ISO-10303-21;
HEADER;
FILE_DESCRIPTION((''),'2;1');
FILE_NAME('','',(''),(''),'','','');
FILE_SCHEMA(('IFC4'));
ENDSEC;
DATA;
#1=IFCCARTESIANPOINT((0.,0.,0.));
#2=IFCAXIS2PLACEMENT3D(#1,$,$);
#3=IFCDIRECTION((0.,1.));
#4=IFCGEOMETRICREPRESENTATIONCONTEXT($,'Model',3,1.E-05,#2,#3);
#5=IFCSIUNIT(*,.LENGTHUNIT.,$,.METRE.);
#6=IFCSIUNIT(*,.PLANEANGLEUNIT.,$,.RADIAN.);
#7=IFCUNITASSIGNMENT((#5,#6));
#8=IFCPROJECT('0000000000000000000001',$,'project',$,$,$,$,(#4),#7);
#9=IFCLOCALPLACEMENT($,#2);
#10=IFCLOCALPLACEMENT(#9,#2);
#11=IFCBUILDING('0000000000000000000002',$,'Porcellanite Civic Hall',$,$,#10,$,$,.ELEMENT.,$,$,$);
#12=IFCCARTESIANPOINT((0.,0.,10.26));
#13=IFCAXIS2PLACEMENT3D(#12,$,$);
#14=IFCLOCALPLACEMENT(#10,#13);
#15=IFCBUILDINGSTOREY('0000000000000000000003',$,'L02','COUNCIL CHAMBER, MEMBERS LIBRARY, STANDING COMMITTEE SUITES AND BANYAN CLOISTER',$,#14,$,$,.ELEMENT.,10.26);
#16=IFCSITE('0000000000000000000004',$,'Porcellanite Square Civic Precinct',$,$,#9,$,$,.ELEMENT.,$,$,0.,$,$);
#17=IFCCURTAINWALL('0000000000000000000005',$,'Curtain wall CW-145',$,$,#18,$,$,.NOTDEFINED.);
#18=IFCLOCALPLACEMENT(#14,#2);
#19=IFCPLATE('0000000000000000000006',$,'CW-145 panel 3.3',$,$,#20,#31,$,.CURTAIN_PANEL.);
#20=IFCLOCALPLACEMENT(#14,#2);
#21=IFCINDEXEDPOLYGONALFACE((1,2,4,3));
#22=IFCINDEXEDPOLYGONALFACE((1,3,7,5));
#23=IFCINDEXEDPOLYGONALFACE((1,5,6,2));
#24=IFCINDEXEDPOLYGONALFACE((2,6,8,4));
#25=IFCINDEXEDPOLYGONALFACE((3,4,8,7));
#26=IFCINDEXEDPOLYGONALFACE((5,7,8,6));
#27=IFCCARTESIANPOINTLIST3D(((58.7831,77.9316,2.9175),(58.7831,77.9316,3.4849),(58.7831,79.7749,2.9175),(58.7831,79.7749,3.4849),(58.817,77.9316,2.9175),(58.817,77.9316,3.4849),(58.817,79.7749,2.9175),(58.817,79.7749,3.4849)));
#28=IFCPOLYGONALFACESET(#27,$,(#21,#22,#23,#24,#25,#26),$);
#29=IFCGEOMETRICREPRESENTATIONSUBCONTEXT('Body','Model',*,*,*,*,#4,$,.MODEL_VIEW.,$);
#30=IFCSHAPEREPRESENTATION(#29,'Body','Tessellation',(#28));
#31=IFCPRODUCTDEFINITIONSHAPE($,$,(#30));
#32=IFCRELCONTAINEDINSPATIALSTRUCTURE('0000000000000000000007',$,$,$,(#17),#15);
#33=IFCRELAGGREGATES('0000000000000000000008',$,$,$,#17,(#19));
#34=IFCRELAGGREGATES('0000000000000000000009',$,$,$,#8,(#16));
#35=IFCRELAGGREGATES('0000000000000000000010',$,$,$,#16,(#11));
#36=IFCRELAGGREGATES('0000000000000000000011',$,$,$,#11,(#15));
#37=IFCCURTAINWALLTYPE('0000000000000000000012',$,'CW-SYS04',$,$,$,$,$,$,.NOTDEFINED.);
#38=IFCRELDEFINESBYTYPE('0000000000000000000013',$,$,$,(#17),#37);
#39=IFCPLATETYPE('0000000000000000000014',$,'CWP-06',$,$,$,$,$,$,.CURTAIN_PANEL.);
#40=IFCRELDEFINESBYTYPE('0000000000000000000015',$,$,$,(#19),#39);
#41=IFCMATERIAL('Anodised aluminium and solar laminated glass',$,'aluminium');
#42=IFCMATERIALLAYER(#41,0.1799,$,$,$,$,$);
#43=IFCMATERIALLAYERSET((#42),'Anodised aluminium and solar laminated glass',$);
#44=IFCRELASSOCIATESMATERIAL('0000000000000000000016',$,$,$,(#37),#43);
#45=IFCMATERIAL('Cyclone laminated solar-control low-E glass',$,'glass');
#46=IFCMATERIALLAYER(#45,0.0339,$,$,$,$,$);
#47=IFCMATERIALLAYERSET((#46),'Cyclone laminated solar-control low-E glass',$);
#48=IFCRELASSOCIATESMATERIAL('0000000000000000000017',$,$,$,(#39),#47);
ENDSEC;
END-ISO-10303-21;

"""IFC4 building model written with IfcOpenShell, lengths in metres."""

from ifc_helpers import new_model, si_unit, direction, frame, origin, origin_2d, place, context, subcontext, project, spatial, rectangle, extrude, material, layer, layer_set, type_object, element, aggregate, save


model = new_model("IFC4")

# Units and contexts
model_context = context("Model", 3, precision=1e-05, world=origin(), true_north=direction((0.0, 1.0)))
body_context = subcontext(model_context, "Body", "Model", "MODEL_VIEW")
ifc_project = project(units=[si_unit("LENGTHUNIT", "METRE"), si_unit("PLANEANGLEUNIT", "RADIAN")], contexts=[model_context])

# Site, building, storey
site_placement = place(None, origin())
site = spatial("IfcSite", under=ifc_project, at=site_placement, Name="Porcellanite Square Civic Precinct", CompositionType="ELEMENT", RefElevation=0.0)
building_placement = place(site_placement, origin())
building = spatial("IfcBuilding", under=site, at=building_placement, Name="Porcellanite Civic Hall", CompositionType="ELEMENT")
storey_placement = place(building_placement, frame((0.0, 0.0, 10.26)))
storey = spatial("IfcBuildingStorey", under=building, at=storey_placement, Name="L02", Description="COUNCIL CHAMBER, MEMBERS LIBRARY, STANDING COMMITTEE SUITES AND BANYAN CLOISTER", CompositionType="ELEMENT", Elevation=10.26)

# Curtain wall
ifc_material_1 = material(Name="Anodised aluminium and solar laminated glass", Category="aluminium")
ifc_layer_1 = layer(ifc_material_1, 0.1799)
ifc_layer_set_1 = layer_set([ifc_layer_1], Name="Anodised aluminium and solar laminated glass")
curtain_wall_type_1 = type_object("IfcCurtainWallType", Name="CW-SYS04", PredefinedType="NOTDEFINED", material=ifc_layer_set_1)
curtain_wall_1_placement = place(storey_placement, origin())
curtain_wall_1 = element("IfcCurtainWall", 1, at=curtain_wall_1_placement, inside=storey, type_object=curtain_wall_type_1, Name="Curtain wall CW-145", PredefinedType="NOTDEFINED")

# Plate
ifc_material_2 = material(Name="Cyclone laminated solar-control low-E glass", Category="glass")
ifc_layer_2 = layer(ifc_material_2, 0.0339)
ifc_layer_set_2 = layer_set([ifc_layer_2], Name="Cyclone laminated solar-control low-E glass")
plate_type = type_object("IfcPlateType", Name="CWP-06", PredefinedType="CURTAIN_PANEL", material=ifc_layer_set_2)
plate_1_placement = place(storey_placement, frame((58.8, 78.8533, 2.9175), z_axis=(0.0, 0.0, 1.0), x_axis=(0.0, -1.0, 0.0)))
plate_1 = element("IfcPlate", 2, at=plate_1_placement, type_object=plate_type, Name="CW-145 panel 3.3", PredefinedType="CURTAIN_PANEL", context=body_context, shape_type="SweptSolid", body=[
    extrude(rectangle(XDim=1.8433, YDim=0.0339, at=origin_2d()), origin(), (0.0, 0.0, 1.0), 0.5674),
])
aggregate(curtain_wall_1, [plate_1])

save(model, "model.ifc")
